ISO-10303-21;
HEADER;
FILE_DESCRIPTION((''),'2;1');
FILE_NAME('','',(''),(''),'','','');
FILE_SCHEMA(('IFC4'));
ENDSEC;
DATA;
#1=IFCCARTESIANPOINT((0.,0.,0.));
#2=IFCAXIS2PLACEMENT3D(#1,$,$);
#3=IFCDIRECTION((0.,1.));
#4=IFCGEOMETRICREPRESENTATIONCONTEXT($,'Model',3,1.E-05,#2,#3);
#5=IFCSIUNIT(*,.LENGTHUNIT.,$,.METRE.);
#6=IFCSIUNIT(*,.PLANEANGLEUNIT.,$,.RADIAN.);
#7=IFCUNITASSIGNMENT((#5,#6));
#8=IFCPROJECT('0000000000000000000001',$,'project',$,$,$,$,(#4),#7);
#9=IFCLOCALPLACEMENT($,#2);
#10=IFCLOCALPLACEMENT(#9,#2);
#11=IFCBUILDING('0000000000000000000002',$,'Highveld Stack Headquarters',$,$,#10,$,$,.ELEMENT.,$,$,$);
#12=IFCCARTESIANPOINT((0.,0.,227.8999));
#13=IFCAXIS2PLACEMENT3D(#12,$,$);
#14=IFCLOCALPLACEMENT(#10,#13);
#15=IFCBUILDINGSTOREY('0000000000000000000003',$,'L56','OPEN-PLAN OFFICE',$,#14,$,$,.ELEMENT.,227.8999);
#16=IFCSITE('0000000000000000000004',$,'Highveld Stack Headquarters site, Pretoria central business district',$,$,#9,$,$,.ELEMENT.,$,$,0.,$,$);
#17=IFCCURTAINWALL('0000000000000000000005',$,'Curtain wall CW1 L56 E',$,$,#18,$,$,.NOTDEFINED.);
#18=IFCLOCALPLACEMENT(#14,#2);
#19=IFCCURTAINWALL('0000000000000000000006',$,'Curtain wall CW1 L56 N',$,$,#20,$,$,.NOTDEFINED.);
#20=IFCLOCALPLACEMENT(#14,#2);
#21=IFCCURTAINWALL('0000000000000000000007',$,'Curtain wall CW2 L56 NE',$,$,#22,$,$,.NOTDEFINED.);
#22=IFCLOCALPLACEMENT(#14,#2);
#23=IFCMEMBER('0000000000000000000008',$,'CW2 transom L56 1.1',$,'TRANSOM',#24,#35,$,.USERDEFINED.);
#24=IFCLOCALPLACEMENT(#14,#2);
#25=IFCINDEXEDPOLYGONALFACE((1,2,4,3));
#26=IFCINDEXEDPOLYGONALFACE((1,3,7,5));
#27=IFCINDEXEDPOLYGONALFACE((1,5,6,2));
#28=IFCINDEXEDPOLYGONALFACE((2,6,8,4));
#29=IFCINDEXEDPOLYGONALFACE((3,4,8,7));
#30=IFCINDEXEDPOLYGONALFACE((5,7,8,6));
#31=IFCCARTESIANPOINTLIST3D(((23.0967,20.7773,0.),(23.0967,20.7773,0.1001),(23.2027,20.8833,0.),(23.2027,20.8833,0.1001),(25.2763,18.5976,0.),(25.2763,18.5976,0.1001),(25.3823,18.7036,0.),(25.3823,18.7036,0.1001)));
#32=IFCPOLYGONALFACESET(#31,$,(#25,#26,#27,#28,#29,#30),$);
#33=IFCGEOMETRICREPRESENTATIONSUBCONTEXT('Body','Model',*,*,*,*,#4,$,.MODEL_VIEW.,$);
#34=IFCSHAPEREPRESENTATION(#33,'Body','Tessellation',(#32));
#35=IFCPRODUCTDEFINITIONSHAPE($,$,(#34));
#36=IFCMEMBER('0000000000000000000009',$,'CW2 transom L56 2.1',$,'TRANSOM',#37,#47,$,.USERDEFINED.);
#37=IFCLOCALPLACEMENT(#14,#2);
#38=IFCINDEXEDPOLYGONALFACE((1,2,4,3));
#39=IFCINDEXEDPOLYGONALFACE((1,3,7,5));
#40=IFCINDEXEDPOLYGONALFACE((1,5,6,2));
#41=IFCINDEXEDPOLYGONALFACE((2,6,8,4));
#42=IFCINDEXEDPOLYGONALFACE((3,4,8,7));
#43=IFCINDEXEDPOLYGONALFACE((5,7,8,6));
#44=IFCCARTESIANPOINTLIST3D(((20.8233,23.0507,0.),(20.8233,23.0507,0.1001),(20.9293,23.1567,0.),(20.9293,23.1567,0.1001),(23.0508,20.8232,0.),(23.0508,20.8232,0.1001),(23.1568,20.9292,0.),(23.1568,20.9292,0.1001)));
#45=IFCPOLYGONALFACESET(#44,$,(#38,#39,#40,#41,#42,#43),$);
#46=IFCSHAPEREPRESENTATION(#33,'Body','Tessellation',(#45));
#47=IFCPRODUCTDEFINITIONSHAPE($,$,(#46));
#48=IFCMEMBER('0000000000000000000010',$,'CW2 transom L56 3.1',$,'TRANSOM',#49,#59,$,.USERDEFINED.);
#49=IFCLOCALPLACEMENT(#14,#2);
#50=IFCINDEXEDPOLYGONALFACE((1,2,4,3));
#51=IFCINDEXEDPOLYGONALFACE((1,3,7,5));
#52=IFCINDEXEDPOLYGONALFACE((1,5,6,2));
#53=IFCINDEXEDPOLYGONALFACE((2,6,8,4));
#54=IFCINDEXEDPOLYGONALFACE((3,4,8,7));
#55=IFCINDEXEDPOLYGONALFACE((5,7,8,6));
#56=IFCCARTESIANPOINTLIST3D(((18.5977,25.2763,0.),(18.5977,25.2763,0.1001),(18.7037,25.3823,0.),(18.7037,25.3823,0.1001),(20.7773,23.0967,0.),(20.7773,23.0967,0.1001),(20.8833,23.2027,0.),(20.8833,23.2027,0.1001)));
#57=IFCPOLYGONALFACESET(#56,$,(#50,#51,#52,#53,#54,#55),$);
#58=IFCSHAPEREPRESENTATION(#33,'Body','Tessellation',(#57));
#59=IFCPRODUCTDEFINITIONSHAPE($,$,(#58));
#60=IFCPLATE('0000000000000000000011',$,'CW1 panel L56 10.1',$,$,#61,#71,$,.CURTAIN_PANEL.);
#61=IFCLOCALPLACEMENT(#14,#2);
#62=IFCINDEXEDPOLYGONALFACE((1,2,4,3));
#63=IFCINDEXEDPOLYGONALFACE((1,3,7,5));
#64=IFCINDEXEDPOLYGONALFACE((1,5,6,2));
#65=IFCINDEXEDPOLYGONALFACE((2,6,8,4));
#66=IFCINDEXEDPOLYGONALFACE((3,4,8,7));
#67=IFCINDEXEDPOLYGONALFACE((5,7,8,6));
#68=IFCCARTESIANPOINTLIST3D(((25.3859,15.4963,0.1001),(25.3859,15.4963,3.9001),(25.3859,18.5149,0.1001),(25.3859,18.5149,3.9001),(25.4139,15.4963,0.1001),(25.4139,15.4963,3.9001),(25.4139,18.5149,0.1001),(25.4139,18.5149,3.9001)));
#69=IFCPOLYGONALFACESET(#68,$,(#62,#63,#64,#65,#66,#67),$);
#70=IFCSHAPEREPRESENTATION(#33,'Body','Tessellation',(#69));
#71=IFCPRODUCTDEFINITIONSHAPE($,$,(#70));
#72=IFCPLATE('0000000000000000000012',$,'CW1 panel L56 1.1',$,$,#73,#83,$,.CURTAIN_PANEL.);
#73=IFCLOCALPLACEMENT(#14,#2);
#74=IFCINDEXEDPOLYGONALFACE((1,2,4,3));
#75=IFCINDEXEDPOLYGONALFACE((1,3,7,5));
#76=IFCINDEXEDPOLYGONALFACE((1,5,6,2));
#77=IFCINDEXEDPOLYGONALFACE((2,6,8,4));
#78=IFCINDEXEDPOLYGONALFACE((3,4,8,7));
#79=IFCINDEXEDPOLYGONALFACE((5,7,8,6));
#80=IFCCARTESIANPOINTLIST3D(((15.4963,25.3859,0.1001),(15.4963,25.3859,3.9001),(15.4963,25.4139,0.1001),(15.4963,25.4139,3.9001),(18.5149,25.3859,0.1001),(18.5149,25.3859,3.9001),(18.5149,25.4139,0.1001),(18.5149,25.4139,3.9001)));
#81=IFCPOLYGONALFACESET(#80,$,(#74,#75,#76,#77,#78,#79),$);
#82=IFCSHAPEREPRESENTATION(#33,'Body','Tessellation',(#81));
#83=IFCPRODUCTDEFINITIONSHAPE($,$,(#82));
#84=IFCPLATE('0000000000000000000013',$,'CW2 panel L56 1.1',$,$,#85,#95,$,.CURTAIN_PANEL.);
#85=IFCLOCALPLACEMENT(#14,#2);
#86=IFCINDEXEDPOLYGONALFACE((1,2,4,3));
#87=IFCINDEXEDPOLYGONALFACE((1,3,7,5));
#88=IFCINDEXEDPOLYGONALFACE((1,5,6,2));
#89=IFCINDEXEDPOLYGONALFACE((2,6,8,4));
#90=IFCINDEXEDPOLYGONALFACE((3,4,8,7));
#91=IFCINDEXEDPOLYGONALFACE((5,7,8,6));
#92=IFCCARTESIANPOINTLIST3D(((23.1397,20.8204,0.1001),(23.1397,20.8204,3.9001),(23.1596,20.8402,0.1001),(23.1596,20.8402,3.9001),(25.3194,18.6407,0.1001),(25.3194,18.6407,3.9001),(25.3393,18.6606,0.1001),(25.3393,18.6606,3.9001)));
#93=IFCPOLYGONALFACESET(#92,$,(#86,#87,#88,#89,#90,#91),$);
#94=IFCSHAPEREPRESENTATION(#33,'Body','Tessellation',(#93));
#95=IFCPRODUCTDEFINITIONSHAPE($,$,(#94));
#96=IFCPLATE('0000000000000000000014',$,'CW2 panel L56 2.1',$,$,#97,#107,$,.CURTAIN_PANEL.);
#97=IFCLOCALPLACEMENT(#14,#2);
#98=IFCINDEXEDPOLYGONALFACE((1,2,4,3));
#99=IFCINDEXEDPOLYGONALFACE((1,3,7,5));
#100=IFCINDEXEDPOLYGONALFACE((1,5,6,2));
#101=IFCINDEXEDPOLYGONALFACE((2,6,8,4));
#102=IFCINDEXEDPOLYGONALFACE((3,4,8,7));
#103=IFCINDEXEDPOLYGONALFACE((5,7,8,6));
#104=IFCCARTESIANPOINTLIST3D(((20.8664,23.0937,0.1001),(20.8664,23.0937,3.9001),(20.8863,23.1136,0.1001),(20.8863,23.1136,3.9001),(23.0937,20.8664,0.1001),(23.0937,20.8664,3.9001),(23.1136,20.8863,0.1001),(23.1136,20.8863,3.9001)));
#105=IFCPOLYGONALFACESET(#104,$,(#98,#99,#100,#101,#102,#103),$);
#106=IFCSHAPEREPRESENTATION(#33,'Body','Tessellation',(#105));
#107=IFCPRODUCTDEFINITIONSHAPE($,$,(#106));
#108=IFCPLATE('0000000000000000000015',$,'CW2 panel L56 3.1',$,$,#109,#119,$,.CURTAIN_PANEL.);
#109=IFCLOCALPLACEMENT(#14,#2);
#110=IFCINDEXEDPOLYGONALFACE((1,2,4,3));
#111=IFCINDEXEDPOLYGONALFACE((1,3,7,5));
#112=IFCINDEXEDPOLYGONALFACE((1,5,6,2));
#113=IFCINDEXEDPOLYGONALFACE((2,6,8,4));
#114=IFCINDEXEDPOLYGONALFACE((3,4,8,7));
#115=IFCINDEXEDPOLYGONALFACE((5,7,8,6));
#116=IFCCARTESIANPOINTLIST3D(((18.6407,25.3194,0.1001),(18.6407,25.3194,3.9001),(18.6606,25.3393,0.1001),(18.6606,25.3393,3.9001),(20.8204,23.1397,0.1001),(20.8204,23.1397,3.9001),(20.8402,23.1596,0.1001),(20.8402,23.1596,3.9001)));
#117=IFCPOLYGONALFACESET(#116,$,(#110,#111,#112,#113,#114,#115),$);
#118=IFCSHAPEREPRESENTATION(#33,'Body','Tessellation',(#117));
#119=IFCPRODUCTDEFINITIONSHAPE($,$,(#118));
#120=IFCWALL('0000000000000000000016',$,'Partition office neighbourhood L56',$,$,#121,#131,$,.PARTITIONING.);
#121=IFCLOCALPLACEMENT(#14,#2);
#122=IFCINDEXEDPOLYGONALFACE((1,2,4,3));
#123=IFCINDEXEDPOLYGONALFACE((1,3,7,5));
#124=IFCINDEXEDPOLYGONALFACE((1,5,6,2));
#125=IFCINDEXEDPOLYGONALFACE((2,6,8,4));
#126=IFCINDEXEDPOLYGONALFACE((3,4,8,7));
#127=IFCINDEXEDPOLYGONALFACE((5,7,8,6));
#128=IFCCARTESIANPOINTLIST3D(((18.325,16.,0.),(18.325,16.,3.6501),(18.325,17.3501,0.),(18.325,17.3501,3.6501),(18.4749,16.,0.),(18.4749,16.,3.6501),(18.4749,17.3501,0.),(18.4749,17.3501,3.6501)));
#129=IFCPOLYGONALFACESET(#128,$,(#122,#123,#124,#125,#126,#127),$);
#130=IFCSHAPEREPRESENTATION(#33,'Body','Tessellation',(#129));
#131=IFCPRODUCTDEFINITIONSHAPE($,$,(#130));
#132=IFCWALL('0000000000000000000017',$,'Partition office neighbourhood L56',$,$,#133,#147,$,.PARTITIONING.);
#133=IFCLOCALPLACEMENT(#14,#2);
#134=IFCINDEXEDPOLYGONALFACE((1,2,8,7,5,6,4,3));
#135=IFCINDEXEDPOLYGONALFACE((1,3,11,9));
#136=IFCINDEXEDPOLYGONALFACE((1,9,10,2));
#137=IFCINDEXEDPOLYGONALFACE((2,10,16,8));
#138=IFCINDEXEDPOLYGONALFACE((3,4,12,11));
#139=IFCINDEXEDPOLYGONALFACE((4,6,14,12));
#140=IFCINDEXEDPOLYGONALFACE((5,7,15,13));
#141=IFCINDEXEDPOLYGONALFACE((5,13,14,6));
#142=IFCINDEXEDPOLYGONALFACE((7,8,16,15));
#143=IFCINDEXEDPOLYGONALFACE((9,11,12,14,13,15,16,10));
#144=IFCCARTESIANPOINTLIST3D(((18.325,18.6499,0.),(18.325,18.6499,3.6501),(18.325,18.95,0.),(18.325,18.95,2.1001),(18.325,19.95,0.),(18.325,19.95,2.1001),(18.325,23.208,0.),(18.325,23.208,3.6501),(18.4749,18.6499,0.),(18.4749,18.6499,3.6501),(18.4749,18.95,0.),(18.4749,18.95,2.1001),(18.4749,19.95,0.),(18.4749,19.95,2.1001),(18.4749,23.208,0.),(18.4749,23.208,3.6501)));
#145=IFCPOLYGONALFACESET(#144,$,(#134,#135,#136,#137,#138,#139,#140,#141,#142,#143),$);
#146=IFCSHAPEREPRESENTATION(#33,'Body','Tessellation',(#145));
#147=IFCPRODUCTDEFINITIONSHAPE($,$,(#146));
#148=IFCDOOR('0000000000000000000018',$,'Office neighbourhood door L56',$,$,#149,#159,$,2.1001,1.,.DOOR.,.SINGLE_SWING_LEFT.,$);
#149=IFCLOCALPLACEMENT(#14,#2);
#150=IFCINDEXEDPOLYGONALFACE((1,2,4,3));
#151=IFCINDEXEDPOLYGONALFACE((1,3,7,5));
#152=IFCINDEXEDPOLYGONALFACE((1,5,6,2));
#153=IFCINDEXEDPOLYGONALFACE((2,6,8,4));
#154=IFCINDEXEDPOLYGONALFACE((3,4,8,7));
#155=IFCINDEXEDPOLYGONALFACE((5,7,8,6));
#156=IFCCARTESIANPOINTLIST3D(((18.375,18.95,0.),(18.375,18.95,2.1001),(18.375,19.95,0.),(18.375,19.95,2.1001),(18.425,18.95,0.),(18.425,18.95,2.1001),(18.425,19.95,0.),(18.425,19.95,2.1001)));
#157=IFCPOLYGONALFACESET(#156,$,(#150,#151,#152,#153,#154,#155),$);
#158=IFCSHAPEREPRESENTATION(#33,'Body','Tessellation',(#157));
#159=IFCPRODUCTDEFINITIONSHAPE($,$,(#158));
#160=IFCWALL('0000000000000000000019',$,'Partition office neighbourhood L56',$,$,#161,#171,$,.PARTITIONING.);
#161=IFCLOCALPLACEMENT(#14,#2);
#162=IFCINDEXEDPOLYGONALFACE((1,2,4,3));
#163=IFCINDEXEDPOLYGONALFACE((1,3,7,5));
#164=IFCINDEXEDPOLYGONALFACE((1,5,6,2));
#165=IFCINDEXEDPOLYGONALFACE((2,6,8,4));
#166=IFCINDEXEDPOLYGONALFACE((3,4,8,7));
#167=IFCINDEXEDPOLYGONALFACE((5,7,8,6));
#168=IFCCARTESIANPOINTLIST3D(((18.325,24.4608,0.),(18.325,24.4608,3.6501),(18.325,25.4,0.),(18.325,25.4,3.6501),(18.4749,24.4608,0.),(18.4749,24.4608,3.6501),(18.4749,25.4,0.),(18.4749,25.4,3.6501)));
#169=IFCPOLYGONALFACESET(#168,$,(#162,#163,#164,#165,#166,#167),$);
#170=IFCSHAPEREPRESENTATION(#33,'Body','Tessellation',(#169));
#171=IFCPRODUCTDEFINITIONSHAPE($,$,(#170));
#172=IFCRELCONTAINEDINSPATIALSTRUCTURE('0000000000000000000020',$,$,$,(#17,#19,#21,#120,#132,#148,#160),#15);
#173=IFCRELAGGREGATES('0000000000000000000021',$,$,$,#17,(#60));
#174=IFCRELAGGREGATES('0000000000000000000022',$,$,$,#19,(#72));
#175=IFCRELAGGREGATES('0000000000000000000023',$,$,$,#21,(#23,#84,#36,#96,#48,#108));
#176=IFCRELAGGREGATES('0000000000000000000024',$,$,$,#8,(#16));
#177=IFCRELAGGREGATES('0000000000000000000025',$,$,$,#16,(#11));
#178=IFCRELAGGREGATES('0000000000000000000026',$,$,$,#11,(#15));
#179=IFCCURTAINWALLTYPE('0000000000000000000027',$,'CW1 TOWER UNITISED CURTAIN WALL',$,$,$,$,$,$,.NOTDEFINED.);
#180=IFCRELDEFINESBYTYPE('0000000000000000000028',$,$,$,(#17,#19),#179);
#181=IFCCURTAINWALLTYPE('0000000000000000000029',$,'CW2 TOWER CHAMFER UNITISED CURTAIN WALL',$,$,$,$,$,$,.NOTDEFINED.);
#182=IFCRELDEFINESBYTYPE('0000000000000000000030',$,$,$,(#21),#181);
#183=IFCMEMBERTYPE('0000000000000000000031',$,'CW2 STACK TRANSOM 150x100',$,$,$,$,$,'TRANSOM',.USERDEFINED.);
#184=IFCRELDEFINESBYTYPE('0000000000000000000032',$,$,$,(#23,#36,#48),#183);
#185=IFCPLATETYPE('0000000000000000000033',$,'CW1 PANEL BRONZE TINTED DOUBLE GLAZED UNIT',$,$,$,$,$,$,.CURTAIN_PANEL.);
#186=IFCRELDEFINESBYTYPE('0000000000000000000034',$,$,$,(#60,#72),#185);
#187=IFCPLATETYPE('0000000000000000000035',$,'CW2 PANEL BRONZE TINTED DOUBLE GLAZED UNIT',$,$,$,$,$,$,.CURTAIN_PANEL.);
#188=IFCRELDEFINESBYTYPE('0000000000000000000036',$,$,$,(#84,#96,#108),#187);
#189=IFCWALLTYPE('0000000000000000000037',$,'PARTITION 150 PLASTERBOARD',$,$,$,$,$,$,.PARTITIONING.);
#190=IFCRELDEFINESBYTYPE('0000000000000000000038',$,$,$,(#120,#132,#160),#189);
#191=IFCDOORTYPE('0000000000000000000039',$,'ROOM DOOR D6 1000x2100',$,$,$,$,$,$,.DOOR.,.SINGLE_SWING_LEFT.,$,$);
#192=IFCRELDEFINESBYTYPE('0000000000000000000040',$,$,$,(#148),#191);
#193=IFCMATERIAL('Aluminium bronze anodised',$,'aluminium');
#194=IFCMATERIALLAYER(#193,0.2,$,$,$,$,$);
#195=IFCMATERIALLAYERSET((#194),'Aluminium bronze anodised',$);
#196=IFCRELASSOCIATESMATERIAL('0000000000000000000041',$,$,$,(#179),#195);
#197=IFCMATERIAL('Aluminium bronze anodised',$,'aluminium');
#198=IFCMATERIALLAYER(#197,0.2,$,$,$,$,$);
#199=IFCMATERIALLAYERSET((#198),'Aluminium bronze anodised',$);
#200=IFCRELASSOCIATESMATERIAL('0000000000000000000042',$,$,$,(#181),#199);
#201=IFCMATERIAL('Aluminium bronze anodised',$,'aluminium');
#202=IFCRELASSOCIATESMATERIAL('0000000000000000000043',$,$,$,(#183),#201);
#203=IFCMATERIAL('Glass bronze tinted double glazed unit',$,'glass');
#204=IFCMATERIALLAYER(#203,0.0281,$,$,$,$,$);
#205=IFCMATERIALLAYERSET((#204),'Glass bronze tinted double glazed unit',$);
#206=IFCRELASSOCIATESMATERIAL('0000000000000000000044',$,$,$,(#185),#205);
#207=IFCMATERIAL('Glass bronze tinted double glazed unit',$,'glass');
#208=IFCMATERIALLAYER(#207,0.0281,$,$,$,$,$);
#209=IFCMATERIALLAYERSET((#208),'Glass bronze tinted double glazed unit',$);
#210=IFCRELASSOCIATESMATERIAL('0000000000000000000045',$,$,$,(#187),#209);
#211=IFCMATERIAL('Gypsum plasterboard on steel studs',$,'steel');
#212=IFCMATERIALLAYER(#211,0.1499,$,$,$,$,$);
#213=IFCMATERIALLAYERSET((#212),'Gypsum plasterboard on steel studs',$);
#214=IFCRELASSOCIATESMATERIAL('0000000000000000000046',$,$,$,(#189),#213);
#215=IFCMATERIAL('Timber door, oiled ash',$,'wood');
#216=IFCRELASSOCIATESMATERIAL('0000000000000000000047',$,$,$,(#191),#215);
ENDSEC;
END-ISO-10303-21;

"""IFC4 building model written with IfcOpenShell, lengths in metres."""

from ifc_helpers import new_model, si_unit, direction, frame, frame_2d, origin, origin_2d, place, context, subcontext, project, spatial, rectangle, extrude, material, layer, layer_set, material_profile, profile_set, type_object, element, fill, aggregate, save


model = new_model("IFC4")

# Units and contexts
model_context = context("Model", 3, precision=1e-05, world=origin(), true_north=direction((0.0, 1.0)))
body_context = subcontext(model_context, "Body", "Model", "MODEL_VIEW")
ifc_project = project(units=[si_unit("LENGTHUNIT", "METRE"), si_unit("PLANEANGLEUNIT", "RADIAN")], contexts=[model_context])

# Site, building, storey
site_placement = place(None, origin())
site = spatial("IfcSite", under=ifc_project, at=site_placement, Name="Highveld Stack Headquarters site, Pretoria central business district", CompositionType="ELEMENT", RefElevation=0.0)
building_placement = place(site_placement, origin())
building = spatial("IfcBuilding", under=site, at=building_placement, Name="Highveld Stack Headquarters", CompositionType="ELEMENT")
storey_placement = place(building_placement, frame((0.0, 0.0, 227.8999)))
storey = spatial("IfcBuildingStorey", under=building, at=storey_placement, Name="L56", Description="OPEN-PLAN OFFICE", CompositionType="ELEMENT", Elevation=227.8999)

# Curtain wall
ifc_material_1 = material(Name="Aluminium bronze anodised", Category="aluminium")
ifc_layer_1 = layer(ifc_material_1, 0.2)
ifc_layer_set_1 = layer_set([ifc_layer_1], Name="Aluminium bronze anodised")
curtain_wall_type_1 = type_object("IfcCurtainWallType", Name="CW1 TOWER UNITISED CURTAIN WALL", PredefinedType="NOTDEFINED", material=ifc_layer_set_1)
curtain_wall_1_placement = place(storey_placement, origin())
curtain_wall_1 = element("IfcCurtainWall", 1, at=curtain_wall_1_placement, inside=storey, type_object=curtain_wall_type_1, Name="Curtain wall CW1 L56 E", PredefinedType="NOTDEFINED")

# Curtain wall
curtain_wall_2_placement = place(storey_placement, origin())
curtain_wall_2 = element("IfcCurtainWall", 2, at=curtain_wall_2_placement, inside=storey, type_object=curtain_wall_type_1, Name="Curtain wall CW1 L56 N", PredefinedType="NOTDEFINED")

# Curtain wall, members
ifc_material_2 = material(Name="Aluminium bronze anodised", Category="aluminium")
ifc_layer_2 = layer(ifc_material_2, 0.2)
ifc_layer_set_2 = layer_set([ifc_layer_2], Name="Aluminium bronze anodised")
curtain_wall_type_2 = type_object("IfcCurtainWallType", Name="CW2 TOWER CHAMFER UNITISED CURTAIN WALL", PredefinedType="NOTDEFINED", material=ifc_layer_set_2)
curtain_wall_3_placement = place(storey_placement, origin())
curtain_wall_3 = element("IfcCurtainWall", 3, at=curtain_wall_3_placement, inside=storey, type_object=curtain_wall_type_2, Name="Curtain wall CW2 L56 NE", PredefinedType="NOTDEFINED")
ifc_material_3 = material(Name="Aluminium bronze anodised", Category="aluminium")
ifc_material_profile_1 = material_profile(ifc_material_3, rectangle(XDim=0.1499, YDim=0.1001, at=origin_2d()), Name="CW2 TRANSOM 150x100")
ifc_profile_set_1 = profile_set([ifc_material_profile_1], Name="Aluminium bronze anodised")
member_type_1 = type_object("IfcMemberType", Name="CW2 STACK TRANSOM 150x100", ElementType="TRANSOM", PredefinedType="USERDEFINED", material=ifc_profile_set_1)
member_1_placement = place(storey_placement, frame((25.3293, 18.6506, 0.05), z_axis=(-0.707107, 0.707107, 0.0), x_axis=(-0.707107, -0.707107, 0.0)))
member_1 = element("IfcMember", 4, at=member_1_placement, type_object=member_type_1, Name="CW2 transom L56 1.1", ObjectType="TRANSOM", PredefinedType="USERDEFINED", context=body_context, shape_type="SweptSolid", body=[
    extrude(rectangle(XDim=0.1499, YDim=0.1001, at=origin_2d()), origin(), (0.0, 0.0, 1.0), 3.0825),
])
member_2_placement = place(storey_placement, frame((23.1038, 20.8762, 0.05), z_axis=(-0.707107, 0.707107, 0.0), x_axis=(-0.707107, -0.707107, 0.0)))
member_2 = element("IfcMember", 5, at=member_2_placement, type_object=member_type_1, Name="CW2 transom L56 2.1", ObjectType="TRANSOM", PredefinedType="USERDEFINED", context=body_context, shape_type="SweptSolid", body=[
    extrude(rectangle(XDim=0.1499, YDim=0.1001, at=origin_2d()), origin(), (0.0, 0.0, 1.0), 3.1501),
])
member_3_placement = place(storey_placement, frame((20.8303, 23.1497, 0.05), z_axis=(-0.707107, 0.707107, 0.0), x_axis=(-0.707107, -0.707107, 0.0)))
member_3 = element("IfcMember", 6, at=member_3_placement, type_object=member_type_1, Name="CW2 transom L56 3.1", ObjectType="TRANSOM", PredefinedType="USERDEFINED", context=body_context, shape_type="SweptSolid", body=[
    extrude(rectangle(XDim=0.1499, YDim=0.1001, at=origin_2d()), origin(), (0.0, 0.0, 1.0), 3.0825),
])

# Plates
ifc_material_4 = material(Name="Glass bronze tinted double glazed unit", Category="glass")
ifc_layer_3 = layer(ifc_material_4, 0.0281)
ifc_layer_set_3 = layer_set([ifc_layer_3], Name="Glass bronze tinted double glazed unit")
plate_type_1 = type_object("IfcPlateType", Name="CW1 PANEL BRONZE TINTED DOUBLE GLAZED UNIT", PredefinedType="CURTAIN_PANEL", material=ifc_layer_set_3)
plate_1_placement = place(storey_placement, frame((25.3999, 17.0056, 0.1001), z_axis=(0.0, 0.0, 1.0), x_axis=(0.0, 1.0, 0.0)))
plate_1 = element("IfcPlate", 7, at=plate_1_placement, type_object=plate_type_1, Name="CW1 panel L56 10.1", PredefinedType="CURTAIN_PANEL", context=body_context, shape_type="SweptSolid", body=[
    extrude(rectangle(XDim=3.0186, YDim=0.0281, at=origin_2d()), origin(), (0.0, 0.0, 1.0), 3.8),
])
aggregate(curtain_wall_1, [plate_1])
plate_2_placement = place(storey_placement, frame((17.0056, 25.3999, 0.1001), z_axis=(0.0, 0.0, 1.0), x_axis=(-1.0, 0.0, 0.0)))
plate_2 = element("IfcPlate", 8, at=plate_2_placement, type_object=plate_type_1, Name="CW1 panel L56 1.1", PredefinedType="CURTAIN_PANEL", context=body_context, shape_type="SweptSolid", body=[
    extrude(rectangle(XDim=3.0186, YDim=0.0281, at=origin_2d()), origin(), (0.0, 0.0, 1.0), 3.8),
])
aggregate(curtain_wall_2, [plate_2])
ifc_material_5 = material(Name="Glass bronze tinted double glazed unit", Category="glass")
ifc_layer_4 = layer(ifc_material_5, 0.0281)
ifc_layer_set_4 = layer_set([ifc_layer_4], Name="Glass bronze tinted double glazed unit")
plate_type_2 = type_object("IfcPlateType", Name="CW2 PANEL BRONZE TINTED DOUBLE GLAZED UNIT", PredefinedType="CURTAIN_PANEL", material=ifc_layer_set_4)
plate_3_placement = place(storey_placement, frame((24.2395, 19.7405, 0.1001), z_axis=(0.0, 0.0, 1.0), x_axis=(-0.707107, 0.707107, 0.0)))
plate_3 = element("IfcPlate", 9, at=plate_3_placement, type_object=plate_type_2, Name="CW2 panel L56 1.1", PredefinedType="CURTAIN_PANEL", context=body_context, shape_type="SweptSolid", body=[
    extrude(rectangle(XDim=3.0825, YDim=0.0281, at=origin_2d()), origin(), (0.0, 0.0, 1.0), 3.8),
])
plate_4_placement = place(storey_placement, frame((21.99, 21.99, 0.1001), z_axis=(0.0, 0.0, 1.0), x_axis=(-0.707107, 0.707107, 0.0)))
plate_4 = element("IfcPlate", 10, at=plate_4_placement, type_object=plate_type_2, Name="CW2 panel L56 2.1", PredefinedType="CURTAIN_PANEL", context=body_context, shape_type="SweptSolid", body=[
    extrude(rectangle(XDim=3.1499, YDim=0.0281, at=origin_2d()), origin(), (0.0, 0.0, 1.0), 3.8),
])
plate_5_placement = place(storey_placement, frame((19.7405, 24.2395, 0.1001), z_axis=(0.0, 0.0, 1.0), x_axis=(-0.707107, 0.707107, 0.0)))
plate_5 = element("IfcPlate", 11, at=plate_5_placement, type_object=plate_type_2, Name="CW2 panel L56 3.1", PredefinedType="CURTAIN_PANEL", context=body_context, shape_type="SweptSolid", body=[
    extrude(rectangle(XDim=3.0825, YDim=0.0281, at=origin_2d()), origin(), (0.0, 0.0, 1.0), 3.8),
])
aggregate(curtain_wall_3, [member_1, plate_3, member_2, plate_4, member_3, plate_5])

# Wall
ifc_material_6 = material(Name="Gypsum plasterboard on steel studs", Category="steel")
ifc_layer_5 = layer(ifc_material_6, 0.1499)
ifc_layer_set_5 = layer_set([ifc_layer_5], Name="Gypsum plasterboard on steel studs")
wall_type = type_object("IfcWallType", Name="PARTITION 150 PLASTERBOARD", PredefinedType="PARTITIONING", material=ifc_layer_set_5)
wall_1_placement = place(storey_placement, frame((18.3999, 16.0, 0.0), z_axis=(0.0, 0.0, 1.0), x_axis=(0.0, 1.0, 0.0)))
element("IfcWall", 12, at=wall_1_placement, inside=storey, type_object=wall_type, Name="Partition office neighbourhood L56", PredefinedType="PARTITIONING", context=body_context, shape_type="SweptSolid", body=[
    extrude(rectangle(XDim=1.3501, YDim=0.1499, at=frame_2d((0.675, 0.0))), origin(), (0.0, 0.0, 1.0), 3.6501),
])

# Wall, opening, door
wall_2_placement = place(storey_placement, frame((18.3999, 18.6499, 0.0), z_axis=(0.0, 0.0, 1.0), x_axis=(0.0, 1.0, 0.0)))
wall_2 = element("IfcWall", 13, at=wall_2_placement, inside=storey, type_object=wall_type, Name="Partition office neighbourhood L56", PredefinedType="PARTITIONING", context=body_context, shape_type="SweptSolid", body=[
    extrude(rectangle(XDim=4.5581, YDim=0.1499, at=frame_2d((2.2791, 0.0))), origin(), (0.0, 0.0, 1.0), 3.6501),
])
opening_placement = place(wall_2_placement, frame((0.3, 0.0, 0.0)))
opening = element("IfcOpeningElement", 14, at=opening_placement, cuts=wall_2, PredefinedType="OPENING", context=body_context, shape_type="SweptSolid", body=[
    extrude(rectangle(XDim=1.0, YDim=2.1001, at=frame_2d((0.5, 1.05))), frame((0.0, 0.085, 0.0), z_axis=(0.0, -1.0, 0.0), x_axis=(1.0, 0.0, 0.0)), (0.0, 0.0, 1.0), 0.1699),
])
ifc_material_7 = material(Name="Timber door, oiled ash", Category="wood")
door_type = type_object("IfcDoorType", Name="ROOM DOOR D6 1000x2100", OperationType="SINGLE_SWING_LEFT", PredefinedType="DOOR", material=ifc_material_7)
door_placement = place(opening_placement, origin())
door = element("IfcDoor", 15, at=door_placement, inside=storey, type_object=door_type, Name="Office neighbourhood door L56", OperationType="SINGLE_SWING_LEFT", OverallHeight=2.1001, OverallWidth=1.0, PredefinedType="DOOR", context=body_context, shape_type="SweptSolid", body=[
    extrude(rectangle(XDim=1.0, YDim=2.1001, at=frame_2d((0.5, 1.05))), frame((0.0, 0.0249, 0.0), z_axis=(0.0, -1.0, 0.0), x_axis=(1.0, 0.0, 0.0)), (0.0, 0.0, 1.0), 0.05),
])
fill(opening, door)

# Wall
wall_3_placement = place(storey_placement, frame((18.3999, 24.4607, 0.0), z_axis=(0.0, 0.0, 1.0), x_axis=(0.0, 1.0, 0.0)))
element("IfcWall", 16, at=wall_3_placement, inside=storey, type_object=wall_type, Name="Partition office neighbourhood L56", PredefinedType="PARTITIONING", context=body_context, shape_type="SweptSolid", body=[
    extrude(rectangle(XDim=0.9392, YDim=0.1499, at=frame_2d((0.4697, 0.0))), origin(), (0.0, 0.0, 1.0), 3.6501),
])

save(model, "model.ifc")
